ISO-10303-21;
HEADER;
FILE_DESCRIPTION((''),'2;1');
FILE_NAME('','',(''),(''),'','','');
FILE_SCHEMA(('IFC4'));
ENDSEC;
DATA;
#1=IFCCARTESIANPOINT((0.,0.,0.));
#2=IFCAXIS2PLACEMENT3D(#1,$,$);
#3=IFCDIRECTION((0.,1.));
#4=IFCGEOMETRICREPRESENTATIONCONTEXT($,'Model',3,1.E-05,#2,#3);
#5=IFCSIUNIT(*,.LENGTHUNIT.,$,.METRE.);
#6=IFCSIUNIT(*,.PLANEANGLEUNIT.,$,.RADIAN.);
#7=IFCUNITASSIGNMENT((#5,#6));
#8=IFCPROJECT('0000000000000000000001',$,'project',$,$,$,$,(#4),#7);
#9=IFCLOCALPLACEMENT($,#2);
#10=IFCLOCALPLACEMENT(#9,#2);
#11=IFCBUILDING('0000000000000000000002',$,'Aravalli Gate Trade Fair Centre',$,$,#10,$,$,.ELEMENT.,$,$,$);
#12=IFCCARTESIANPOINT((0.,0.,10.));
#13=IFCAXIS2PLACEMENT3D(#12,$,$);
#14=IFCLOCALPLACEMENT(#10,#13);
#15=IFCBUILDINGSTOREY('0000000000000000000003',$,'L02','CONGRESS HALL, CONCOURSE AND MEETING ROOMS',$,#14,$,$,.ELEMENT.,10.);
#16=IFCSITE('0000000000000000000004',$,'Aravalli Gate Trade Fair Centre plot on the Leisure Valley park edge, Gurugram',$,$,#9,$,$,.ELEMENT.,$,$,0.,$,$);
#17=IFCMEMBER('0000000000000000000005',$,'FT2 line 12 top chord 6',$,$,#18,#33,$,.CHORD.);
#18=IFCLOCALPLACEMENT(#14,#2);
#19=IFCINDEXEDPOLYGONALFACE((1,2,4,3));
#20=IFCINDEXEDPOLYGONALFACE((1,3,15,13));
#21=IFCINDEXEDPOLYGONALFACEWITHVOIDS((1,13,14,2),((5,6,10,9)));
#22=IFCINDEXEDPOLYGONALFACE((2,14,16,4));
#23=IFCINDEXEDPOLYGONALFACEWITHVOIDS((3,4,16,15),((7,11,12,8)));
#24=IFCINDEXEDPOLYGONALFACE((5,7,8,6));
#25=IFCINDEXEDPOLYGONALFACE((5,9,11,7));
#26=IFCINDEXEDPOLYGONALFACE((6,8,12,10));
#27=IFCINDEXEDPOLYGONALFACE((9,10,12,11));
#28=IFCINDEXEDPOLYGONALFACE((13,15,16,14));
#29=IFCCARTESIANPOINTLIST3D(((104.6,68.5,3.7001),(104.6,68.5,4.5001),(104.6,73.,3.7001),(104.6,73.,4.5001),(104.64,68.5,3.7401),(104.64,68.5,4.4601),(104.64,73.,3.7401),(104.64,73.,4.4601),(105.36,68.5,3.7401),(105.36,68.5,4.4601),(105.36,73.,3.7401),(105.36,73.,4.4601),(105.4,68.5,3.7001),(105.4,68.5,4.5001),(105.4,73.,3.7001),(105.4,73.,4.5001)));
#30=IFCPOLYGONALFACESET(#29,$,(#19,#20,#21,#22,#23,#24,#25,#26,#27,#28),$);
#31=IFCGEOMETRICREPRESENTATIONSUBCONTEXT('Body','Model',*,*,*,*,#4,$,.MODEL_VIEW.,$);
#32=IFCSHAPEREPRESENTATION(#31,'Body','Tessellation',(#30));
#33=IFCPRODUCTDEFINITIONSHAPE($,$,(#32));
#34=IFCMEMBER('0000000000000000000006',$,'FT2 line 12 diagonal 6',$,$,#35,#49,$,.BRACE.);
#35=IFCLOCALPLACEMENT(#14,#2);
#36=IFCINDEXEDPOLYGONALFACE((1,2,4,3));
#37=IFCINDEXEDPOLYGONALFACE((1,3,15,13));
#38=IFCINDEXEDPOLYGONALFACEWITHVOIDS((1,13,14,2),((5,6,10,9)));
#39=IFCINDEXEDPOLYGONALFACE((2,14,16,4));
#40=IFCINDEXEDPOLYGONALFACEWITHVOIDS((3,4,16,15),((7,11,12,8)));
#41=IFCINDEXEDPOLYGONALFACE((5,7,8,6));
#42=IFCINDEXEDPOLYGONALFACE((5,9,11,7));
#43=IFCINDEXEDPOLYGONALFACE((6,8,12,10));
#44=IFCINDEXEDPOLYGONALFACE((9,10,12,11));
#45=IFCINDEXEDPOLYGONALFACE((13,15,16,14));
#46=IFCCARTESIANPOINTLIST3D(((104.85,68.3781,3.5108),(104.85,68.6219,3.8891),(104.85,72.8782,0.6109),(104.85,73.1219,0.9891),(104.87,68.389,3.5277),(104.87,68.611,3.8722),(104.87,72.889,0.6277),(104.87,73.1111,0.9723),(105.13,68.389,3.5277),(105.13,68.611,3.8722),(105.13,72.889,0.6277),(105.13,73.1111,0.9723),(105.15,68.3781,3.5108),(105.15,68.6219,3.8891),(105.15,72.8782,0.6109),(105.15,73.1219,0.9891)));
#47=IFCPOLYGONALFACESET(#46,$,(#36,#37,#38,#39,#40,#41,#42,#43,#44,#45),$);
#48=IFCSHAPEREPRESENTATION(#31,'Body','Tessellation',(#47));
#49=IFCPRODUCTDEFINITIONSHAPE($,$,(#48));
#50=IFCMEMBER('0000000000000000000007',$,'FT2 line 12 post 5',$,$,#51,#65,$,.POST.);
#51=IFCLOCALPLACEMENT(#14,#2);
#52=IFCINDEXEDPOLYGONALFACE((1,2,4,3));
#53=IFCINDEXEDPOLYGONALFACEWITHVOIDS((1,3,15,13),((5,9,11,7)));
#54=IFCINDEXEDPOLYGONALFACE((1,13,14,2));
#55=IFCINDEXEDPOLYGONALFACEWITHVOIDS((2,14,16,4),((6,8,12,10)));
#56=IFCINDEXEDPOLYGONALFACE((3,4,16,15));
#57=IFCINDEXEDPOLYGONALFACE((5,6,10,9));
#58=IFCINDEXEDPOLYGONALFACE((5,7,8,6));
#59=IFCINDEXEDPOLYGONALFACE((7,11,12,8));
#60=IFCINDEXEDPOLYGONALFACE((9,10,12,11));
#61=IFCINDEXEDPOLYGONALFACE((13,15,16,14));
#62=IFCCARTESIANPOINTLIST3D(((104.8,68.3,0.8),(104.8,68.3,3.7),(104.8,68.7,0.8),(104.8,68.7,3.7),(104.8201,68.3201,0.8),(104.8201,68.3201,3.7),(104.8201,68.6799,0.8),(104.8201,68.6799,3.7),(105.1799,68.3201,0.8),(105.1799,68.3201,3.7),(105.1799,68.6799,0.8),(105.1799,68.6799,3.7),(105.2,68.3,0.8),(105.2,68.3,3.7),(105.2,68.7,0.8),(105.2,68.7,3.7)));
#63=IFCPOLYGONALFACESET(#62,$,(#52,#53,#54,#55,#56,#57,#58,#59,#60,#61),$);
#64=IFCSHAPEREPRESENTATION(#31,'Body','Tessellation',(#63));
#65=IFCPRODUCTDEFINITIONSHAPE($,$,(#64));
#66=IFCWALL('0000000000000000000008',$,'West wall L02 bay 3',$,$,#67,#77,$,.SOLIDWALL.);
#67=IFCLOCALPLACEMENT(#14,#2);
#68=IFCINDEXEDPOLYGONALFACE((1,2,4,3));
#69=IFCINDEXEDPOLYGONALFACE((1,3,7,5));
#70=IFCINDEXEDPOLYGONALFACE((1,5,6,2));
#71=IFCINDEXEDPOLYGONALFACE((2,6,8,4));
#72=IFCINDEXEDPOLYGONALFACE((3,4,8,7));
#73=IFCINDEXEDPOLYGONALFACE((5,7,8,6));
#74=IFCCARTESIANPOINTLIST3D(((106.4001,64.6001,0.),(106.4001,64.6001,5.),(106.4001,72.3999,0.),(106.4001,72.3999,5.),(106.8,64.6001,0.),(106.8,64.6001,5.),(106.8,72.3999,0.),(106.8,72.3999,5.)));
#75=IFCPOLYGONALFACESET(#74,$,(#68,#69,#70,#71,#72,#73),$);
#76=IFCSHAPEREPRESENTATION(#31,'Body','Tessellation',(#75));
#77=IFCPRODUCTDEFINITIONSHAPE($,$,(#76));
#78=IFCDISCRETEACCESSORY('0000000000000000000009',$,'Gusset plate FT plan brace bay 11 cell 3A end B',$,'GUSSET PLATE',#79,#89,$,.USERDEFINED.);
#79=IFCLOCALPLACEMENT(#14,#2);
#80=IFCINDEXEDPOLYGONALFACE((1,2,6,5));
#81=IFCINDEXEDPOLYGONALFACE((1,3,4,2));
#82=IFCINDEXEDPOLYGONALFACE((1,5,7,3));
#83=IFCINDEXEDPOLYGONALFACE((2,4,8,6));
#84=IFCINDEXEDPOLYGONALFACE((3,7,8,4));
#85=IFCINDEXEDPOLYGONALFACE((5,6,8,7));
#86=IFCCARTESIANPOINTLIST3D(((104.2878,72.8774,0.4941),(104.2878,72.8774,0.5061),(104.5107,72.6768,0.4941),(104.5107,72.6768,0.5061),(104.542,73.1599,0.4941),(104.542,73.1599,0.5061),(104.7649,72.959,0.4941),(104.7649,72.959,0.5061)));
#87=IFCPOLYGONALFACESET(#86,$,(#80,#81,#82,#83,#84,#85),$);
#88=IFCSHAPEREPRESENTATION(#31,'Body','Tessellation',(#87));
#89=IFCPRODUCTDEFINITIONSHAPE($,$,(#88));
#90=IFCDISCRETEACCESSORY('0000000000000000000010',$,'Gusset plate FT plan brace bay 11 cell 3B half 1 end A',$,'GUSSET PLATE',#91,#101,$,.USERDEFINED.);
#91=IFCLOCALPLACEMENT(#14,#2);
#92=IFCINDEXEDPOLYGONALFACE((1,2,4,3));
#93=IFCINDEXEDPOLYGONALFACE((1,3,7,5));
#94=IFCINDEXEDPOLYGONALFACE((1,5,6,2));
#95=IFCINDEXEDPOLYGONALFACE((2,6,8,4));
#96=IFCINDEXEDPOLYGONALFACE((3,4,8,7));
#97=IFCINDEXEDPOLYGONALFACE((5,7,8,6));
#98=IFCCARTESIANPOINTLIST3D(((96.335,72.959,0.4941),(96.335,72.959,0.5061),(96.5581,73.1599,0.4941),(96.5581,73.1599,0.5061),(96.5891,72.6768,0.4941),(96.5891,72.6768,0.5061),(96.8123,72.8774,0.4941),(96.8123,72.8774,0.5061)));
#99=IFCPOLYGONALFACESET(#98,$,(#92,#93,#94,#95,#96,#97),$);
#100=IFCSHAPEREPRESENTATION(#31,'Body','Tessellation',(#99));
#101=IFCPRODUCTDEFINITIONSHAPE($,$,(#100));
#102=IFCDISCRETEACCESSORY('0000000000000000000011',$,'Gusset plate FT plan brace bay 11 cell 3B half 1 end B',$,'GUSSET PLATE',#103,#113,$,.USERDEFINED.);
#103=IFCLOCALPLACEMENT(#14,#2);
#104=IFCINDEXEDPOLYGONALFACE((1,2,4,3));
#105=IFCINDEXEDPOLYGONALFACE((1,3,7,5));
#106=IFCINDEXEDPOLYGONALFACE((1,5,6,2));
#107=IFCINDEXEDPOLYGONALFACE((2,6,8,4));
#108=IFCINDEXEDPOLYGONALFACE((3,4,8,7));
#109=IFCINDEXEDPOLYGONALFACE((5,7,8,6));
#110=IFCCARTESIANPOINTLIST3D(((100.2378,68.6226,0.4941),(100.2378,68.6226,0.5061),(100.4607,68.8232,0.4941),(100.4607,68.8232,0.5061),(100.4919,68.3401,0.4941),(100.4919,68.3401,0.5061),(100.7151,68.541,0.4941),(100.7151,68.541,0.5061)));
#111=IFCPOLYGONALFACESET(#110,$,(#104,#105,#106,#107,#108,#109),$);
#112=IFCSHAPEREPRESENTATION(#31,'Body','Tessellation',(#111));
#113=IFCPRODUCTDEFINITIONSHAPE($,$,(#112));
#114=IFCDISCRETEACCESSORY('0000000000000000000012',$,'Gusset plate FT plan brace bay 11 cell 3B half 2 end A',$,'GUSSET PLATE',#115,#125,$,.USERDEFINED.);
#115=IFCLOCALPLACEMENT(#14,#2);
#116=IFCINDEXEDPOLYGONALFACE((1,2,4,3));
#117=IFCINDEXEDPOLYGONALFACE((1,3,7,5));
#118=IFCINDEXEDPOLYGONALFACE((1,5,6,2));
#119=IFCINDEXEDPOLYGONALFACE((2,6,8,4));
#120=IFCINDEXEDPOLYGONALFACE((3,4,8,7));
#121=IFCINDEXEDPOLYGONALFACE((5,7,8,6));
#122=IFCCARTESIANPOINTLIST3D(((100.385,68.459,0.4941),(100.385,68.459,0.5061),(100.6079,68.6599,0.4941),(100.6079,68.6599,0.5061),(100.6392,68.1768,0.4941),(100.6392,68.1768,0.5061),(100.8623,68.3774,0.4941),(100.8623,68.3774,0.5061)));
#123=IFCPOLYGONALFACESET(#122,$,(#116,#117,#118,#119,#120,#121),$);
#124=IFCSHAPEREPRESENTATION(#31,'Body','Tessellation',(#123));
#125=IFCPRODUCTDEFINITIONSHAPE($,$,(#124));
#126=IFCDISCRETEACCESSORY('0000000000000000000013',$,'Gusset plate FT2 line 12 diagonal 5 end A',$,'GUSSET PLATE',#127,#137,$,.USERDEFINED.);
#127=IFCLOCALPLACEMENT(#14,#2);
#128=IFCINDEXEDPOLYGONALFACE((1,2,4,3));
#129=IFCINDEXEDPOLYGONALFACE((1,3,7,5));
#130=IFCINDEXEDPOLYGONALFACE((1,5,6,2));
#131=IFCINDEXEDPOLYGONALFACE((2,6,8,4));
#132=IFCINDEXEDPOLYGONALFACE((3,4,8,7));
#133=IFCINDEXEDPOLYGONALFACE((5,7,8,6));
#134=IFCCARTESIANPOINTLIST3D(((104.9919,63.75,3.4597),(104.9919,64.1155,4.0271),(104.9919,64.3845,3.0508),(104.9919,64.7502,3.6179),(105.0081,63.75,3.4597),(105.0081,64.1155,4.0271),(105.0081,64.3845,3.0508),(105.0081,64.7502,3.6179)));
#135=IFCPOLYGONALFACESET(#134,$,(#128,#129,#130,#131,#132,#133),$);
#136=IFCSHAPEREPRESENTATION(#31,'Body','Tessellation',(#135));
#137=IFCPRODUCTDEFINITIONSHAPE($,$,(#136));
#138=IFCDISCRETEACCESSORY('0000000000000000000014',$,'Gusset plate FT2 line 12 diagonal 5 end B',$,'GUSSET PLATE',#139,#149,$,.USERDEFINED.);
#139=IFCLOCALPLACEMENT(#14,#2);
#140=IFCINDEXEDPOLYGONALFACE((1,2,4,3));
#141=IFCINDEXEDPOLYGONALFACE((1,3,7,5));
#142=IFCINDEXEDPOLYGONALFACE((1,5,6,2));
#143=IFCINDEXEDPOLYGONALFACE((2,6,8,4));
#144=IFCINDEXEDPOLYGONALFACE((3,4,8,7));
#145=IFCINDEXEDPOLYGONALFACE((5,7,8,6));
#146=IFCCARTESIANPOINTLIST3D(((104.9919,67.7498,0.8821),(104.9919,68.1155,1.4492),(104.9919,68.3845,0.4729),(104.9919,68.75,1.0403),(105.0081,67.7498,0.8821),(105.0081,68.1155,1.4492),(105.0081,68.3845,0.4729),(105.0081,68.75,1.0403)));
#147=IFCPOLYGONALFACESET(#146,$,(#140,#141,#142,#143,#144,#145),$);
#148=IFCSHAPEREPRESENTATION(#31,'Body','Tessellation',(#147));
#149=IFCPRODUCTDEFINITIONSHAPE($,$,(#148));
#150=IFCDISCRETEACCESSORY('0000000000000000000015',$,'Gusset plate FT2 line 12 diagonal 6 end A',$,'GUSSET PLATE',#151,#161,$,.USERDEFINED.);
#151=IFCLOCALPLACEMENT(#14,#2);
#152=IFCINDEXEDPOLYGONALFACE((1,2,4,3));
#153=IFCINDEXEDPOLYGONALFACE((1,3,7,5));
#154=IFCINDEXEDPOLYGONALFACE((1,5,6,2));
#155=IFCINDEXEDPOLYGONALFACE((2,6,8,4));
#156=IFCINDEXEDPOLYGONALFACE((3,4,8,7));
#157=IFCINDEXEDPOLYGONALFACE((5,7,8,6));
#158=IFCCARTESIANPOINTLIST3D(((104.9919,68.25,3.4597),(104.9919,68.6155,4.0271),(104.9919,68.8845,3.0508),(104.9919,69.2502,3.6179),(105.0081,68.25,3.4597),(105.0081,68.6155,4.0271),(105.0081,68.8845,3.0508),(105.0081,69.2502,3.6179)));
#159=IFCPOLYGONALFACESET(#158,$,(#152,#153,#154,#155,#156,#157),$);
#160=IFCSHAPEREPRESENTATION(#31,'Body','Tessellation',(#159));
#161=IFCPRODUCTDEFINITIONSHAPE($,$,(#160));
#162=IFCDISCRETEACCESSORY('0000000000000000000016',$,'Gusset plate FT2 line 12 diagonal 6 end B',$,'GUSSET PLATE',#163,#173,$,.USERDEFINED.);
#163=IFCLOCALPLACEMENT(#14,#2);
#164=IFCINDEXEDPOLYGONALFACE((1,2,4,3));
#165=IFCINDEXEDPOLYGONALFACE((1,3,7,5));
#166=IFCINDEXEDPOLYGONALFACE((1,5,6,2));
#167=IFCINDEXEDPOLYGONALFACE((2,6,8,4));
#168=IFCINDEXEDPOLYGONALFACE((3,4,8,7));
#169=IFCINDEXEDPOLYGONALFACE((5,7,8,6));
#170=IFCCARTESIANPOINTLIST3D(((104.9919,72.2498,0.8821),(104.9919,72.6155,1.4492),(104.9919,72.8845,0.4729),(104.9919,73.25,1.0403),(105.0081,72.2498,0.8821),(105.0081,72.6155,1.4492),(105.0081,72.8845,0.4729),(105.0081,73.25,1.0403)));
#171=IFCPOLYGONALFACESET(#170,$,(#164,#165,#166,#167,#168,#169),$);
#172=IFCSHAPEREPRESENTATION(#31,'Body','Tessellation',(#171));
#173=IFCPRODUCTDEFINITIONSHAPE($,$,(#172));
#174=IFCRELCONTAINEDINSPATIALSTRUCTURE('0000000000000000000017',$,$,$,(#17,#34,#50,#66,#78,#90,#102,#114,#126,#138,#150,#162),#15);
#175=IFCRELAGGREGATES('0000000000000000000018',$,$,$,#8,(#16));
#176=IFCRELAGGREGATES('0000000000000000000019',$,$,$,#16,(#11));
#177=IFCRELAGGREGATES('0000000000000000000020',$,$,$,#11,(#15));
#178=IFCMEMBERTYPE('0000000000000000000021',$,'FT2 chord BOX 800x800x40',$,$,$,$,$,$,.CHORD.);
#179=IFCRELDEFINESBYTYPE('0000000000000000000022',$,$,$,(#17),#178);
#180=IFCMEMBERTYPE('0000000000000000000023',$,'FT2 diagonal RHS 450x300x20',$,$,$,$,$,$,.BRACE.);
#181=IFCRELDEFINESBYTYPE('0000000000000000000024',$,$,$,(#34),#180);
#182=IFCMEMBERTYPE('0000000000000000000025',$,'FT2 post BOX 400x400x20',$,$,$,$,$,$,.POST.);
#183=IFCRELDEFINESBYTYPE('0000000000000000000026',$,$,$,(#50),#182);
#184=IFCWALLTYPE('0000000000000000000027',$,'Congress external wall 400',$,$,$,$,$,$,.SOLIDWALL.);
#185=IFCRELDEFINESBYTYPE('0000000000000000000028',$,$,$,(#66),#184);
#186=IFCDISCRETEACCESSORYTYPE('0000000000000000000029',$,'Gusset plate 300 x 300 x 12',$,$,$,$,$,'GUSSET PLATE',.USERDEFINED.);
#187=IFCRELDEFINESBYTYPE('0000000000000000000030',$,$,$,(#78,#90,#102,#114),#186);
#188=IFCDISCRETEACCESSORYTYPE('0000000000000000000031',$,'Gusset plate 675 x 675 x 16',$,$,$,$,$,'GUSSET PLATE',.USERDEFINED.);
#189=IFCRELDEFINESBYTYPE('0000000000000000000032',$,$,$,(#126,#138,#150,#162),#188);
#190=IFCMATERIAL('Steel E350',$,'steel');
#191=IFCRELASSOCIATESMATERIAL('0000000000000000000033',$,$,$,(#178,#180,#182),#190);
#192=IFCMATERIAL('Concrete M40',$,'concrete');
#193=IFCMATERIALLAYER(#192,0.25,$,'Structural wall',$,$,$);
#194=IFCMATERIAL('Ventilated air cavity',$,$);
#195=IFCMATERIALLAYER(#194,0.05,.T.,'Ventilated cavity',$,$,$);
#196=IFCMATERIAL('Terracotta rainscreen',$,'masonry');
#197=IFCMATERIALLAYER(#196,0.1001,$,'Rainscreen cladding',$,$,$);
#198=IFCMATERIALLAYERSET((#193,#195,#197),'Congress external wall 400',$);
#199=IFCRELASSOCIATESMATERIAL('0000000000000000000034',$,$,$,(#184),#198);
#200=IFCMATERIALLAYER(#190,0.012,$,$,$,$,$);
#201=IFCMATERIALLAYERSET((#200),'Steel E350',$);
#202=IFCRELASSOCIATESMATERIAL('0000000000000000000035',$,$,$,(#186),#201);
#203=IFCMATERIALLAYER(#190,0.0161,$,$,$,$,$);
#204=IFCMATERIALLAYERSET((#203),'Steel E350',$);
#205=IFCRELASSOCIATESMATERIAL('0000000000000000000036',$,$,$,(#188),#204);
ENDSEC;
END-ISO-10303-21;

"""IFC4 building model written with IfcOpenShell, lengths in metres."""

from ifc_helpers import new_model, si_unit, direction, frame, frame_2d, origin, origin_2d, place, context, subcontext, project, spatial, polyline, rectangle, hollow_rectangle, outline, extrude, material, layer, layer_set, material_profile, profile_set, type_object, element, save


model = new_model("IFC4")

# Units and contexts
model_context = context("Model", 3, precision=1e-05, world=origin(), true_north=direction((0.0, 1.0)))
body_context = subcontext(model_context, "Body", "Model", "MODEL_VIEW")
ifc_project = project(units=[si_unit("LENGTHUNIT", "METRE"), si_unit("PLANEANGLEUNIT", "RADIAN")], contexts=[model_context])

# Site, building, storey
site_placement = place(None, origin())
site = spatial("IfcSite", under=ifc_project, at=site_placement, Name="Aravalli Gate Trade Fair Centre plot on the Leisure Valley park edge, Gurugram", CompositionType="ELEMENT", RefElevation=0.0)
building_placement = place(site_placement, origin())
building = spatial("IfcBuilding", under=site, at=building_placement, Name="Aravalli Gate Trade Fair Centre", CompositionType="ELEMENT")
storey_placement = place(building_placement, frame((0.0, 0.0, 10.0)))
storey = spatial("IfcBuildingStorey", under=building, at=storey_placement, Name="L02", Description="CONGRESS HALL, CONCOURSE AND MEETING ROOMS", CompositionType="ELEMENT", Elevation=10.0)

# Members
ifc_material_1 = material(Name="Steel E350", Category="steel")
ifc_material_profile_1 = material_profile(ifc_material_1, hollow_rectangle(XDim=0.8, YDim=0.8, WallThickness=0.04, at=origin_2d()), Name="BOX 800x800x40")
ifc_profile_set_1 = profile_set([ifc_material_profile_1], Name="Steel E350")
member_type_1 = type_object("IfcMemberType", Name="FT2 chord BOX 800x800x40", PredefinedType="CHORD", material=ifc_profile_set_1)
for number, where, z_axis, x_axis, name in (
    (1, (105.0, 68.5, 4.1001), (0.0, 1.0, 0.0), (-1.0, 0.0, 0.0), "FT2 line 12 top chord 6"),
):
    element("IfcMember", number, at=place(storey_placement, frame(where, z_axis=z_axis, x_axis=x_axis)), inside=storey, type_object=member_type_1, Name=name, PredefinedType="CHORD", context=body_context, shape_type="SweptSolid", body=[
        extrude(hollow_rectangle(XDim=0.8, YDim=0.8, WallThickness=0.04, at=origin_2d()), origin(), (0.0, 0.0, 1.0), 4.5),
    ])
ifc_material_profile_2 = material_profile(ifc_material_1, hollow_rectangle(XDim=0.3, YDim=0.45, WallThickness=0.02, at=origin_2d()), Name="RHS 450x300x20")
ifc_profile_set_2 = profile_set([ifc_material_profile_2], Name="Steel E350")
member_type_2 = type_object("IfcMemberType", Name="FT2 diagonal RHS 450x300x20", PredefinedType="BRACE", material=ifc_profile_set_2)
member_1_placement = place(storey_placement, frame((105.0, 68.5, 3.7), z_axis=(0.0, 0.840579, -0.541688), x_axis=(-1.0, 0.0, 0.0)))
element("IfcMember", 2, at=member_1_placement, inside=storey, type_object=member_type_2, Name="FT2 line 12 diagonal 6", PredefinedType="BRACE", context=body_context, shape_type="SweptSolid", body=[
    extrude(hollow_rectangle(XDim=0.3, YDim=0.45, WallThickness=0.02, at=origin_2d()), origin(), (0.0, 0.0, 1.0), 5.3535),
])
ifc_material_profile_3 = material_profile(ifc_material_1, hollow_rectangle(XDim=0.3999, YDim=0.3999, WallThickness=0.02, at=origin_2d()), Name="BOX 400x400x20")
ifc_profile_set_3 = profile_set([ifc_material_profile_3], Name="Steel E350")
member_type_3 = type_object("IfcMemberType", Name="FT2 post BOX 400x400x20", PredefinedType="POST", material=ifc_profile_set_3)
member_2_placement = place(storey_placement, frame((105.0, 68.5, 0.8), z_axis=(0.0, 0.0, 1.0), x_axis=(1.0, 0.0, 0.0)))
element("IfcMember", 3, at=member_2_placement, inside=storey, type_object=member_type_3, Name="FT2 line 12 post 5", PredefinedType="POST", context=body_context, shape_type="SweptSolid", body=[
    extrude(hollow_rectangle(XDim=0.3999, YDim=0.3999, WallThickness=0.02, at=origin_2d()), origin(), (0.0, 0.0, 1.0), 2.8999),
])

# Wall
ifc_material_2 = material(Name="Concrete M40", Category="concrete")
ifc_layer_1 = layer(ifc_material_2, 0.25, Name="Structural wall")
ifc_material_3 = material(Name="Ventilated air cavity")
ifc_layer_2 = layer(ifc_material_3, 0.05, ventilated=True, Name="Ventilated cavity")
ifc_material_4 = material(Name="Terracotta rainscreen", Category="masonry")
ifc_layer_3 = layer(ifc_material_4, 0.1001, Name="Rainscreen cladding")
ifc_layer_set_1 = layer_set([ifc_layer_1, ifc_layer_2, ifc_layer_3], Name="Congress external wall 400")
wall_type = type_object("IfcWallType", Name="Congress external wall 400", PredefinedType="SOLIDWALL", material=ifc_layer_set_1)
wall_placement = place(storey_placement, frame((106.6001, 64.6001, 0.0), z_axis=(0.0, 0.0, 1.0), x_axis=(0.0, 1.0, 0.0)))
element("IfcWall", 4, at=wall_placement, inside=storey, type_object=wall_type, Name="West wall L02 bay 3", PredefinedType="SOLIDWALL", context=body_context, shape_type="SweptSolid", body=[
    extrude(rectangle(XDim=7.7998, YDim=0.3999, at=frame_2d((3.8999, 0.0))), origin(), (0.0, 0.0, 1.0), 5.0),
])

# Discrete accessories
ifc_layer_4 = layer(ifc_material_1, 0.012)
ifc_layer_set_2 = layer_set([ifc_layer_4], Name="Steel E350")
discrete_accessory_type_1 = type_object("IfcDiscreteAccessoryType", Name="Gusset plate 300 x 300 x 12", ElementType="GUSSET PLATE", PredefinedType="USERDEFINED", material=ifc_layer_set_2)
discrete_accessory_1_placement = place(storey_placement, frame((104.2878, 72.8774, 0.5061), z_axis=(0.0, 0.0, 1.0), x_axis=(0.668858, 0.74339, 0.0)))
element("IfcDiscreteAccessory", 5, at=discrete_accessory_1_placement, inside=storey, type_object=discrete_accessory_type_1, Name="Gusset plate FT plan brace bay 11 cell 3A end B", ObjectType="GUSSET PLATE", PredefinedType="USERDEFINED", context=body_context, shape_type="SweptSolid", body=[
    extrude(outline(polyline([(0.0, 0.0), (0.38, 0.0), (0.3797, -0.3001), (-0.0001, -0.2999), (0.0, 0.0)])), origin(), (0.0, 0.0, -1.0), 0.012),
])
discrete_accessory_2_placement = place(storey_placement, frame((96.5891, 72.6768, 0.5061), z_axis=(0.0, 0.0, 1.0), x_axis=(-0.669178, 0.743102, 0.0)))
element("IfcDiscreteAccessory", 6, at=discrete_accessory_2_placement, inside=storey, type_object=discrete_accessory_type_1, Name="Gusset plate FT plan brace bay 11 cell 3B half 1 end A", ObjectType="GUSSET PLATE", PredefinedType="USERDEFINED", context=body_context, shape_type="SweptSolid", body=[
    extrude(outline(polyline([(0.0, 0.0), (0.3798, 0.0), (0.3798, -0.3003), (-0.0002, -0.3001), (0.0, 0.0)])), origin(), (0.0, 0.0, -1.0), 0.012),
])
discrete_accessory_3_placement = place(storey_placement, frame((100.2378, 68.6226, 0.5061), z_axis=(0.0, 0.0, 1.0), x_axis=(0.668858, -0.74339, 0.0)))
element("IfcDiscreteAccessory", 7, at=discrete_accessory_3_placement, inside=storey, type_object=discrete_accessory_type_1, Name="Gusset plate FT plan brace bay 11 cell 3B half 1 end B", ObjectType="GUSSET PLATE", PredefinedType="USERDEFINED", context=body_context, shape_type="SweptSolid", body=[
    extrude(outline(polyline([(0.0, 0.0), (0.38, 0.0), (0.3799, 0.3003), (-0.0001, 0.2999), (0.0, 0.0)])), origin(), (0.0, 0.0, -1.0), 0.012),
])
discrete_accessory_4_placement = place(storey_placement, frame((100.6392, 68.1768, 0.5061), z_axis=(0.0, 0.0, 1.0), x_axis=(-0.669178, 0.743102, 0.0)))
element("IfcDiscreteAccessory", 8, at=discrete_accessory_4_placement, inside=storey, type_object=discrete_accessory_type_1, Name="Gusset plate FT plan brace bay 11 cell 3B half 2 end A", ObjectType="GUSSET PLATE", PredefinedType="USERDEFINED", context=body_context, shape_type="SweptSolid", body=[
    extrude(outline(polyline([(0.0, 0.0), (0.3798, 0.0), (0.3799, -0.3001), (-0.0002, -0.3001), (0.0, 0.0)])), origin(), (0.0, 0.0, -1.0), 0.012),
])
ifc_layer_5 = layer(ifc_material_1, 0.0161)
ifc_layer_set_3 = layer_set([ifc_layer_5], Name="Steel E350")
discrete_accessory_type_2 = type_object("IfcDiscreteAccessoryType", Name="Gusset plate 675 x 675 x 16", ElementType="GUSSET PLATE", PredefinedType="USERDEFINED", material=ifc_layer_set_3)
discrete_accessory_5_placement = place(storey_placement, frame((104.9919, 64.3845, 3.0508), z_axis=(-1.0, 0.0, 0.0), x_axis=(0.0, -0.840558, 0.541722)))
element("IfcDiscreteAccessory", 9, at=discrete_accessory_5_placement, inside=storey, type_object=discrete_accessory_type_2, Name="Gusset plate FT2 line 12 diagonal 5 end A", ObjectType="GUSSET PLATE", PredefinedType="USERDEFINED", context=body_context, shape_type="SweptSolid", body=[
    extrude(outline(polyline([(0.0, 0.0), (0.7549, 0.0), (0.755, 0.6749), (-0.0002, 0.6748), (0.0, 0.0)])), origin(), (0.0, 0.0, -1.0), 0.0161),
])
discrete_accessory_6_placement = place(storey_placement, frame((105.0081, 67.7498, 0.8821), z_axis=(1.0, 0.0, 0.0), x_axis=(0.0, 0.840506, -0.541803)))
element("IfcDiscreteAccessory", 10, at=discrete_accessory_6_placement, inside=storey, type_object=discrete_accessory_type_2, Name="Gusset plate FT2 line 12 diagonal 5 end B", ObjectType="GUSSET PLATE", PredefinedType="USERDEFINED", context=body_context, shape_type="SweptSolid", body=[
    extrude(outline(polyline([(0.0, 0.0), (0.7552, 0.0), (0.755, 0.6749), (0.0001, 0.6748), (0.0, 0.0)])), origin(), (0.0, 0.0, -1.0), 0.0161),
])
discrete_accessory_7_placement = place(storey_placement, frame((104.9919, 68.8845, 3.0508), z_axis=(-1.0, 0.0, 0.0), x_axis=(0.0, -0.840558, 0.541722)))
element("IfcDiscreteAccessory", 11, at=discrete_accessory_7_placement, inside=storey, type_object=discrete_accessory_type_2, Name="Gusset plate FT2 line 12 diagonal 6 end A", ObjectType="GUSSET PLATE", PredefinedType="USERDEFINED", context=body_context, shape_type="SweptSolid", body=[
    extrude(outline(polyline([(0.0, 0.0), (0.7549, 0.0), (0.755, 0.6749), (-0.0002, 0.6748), (0.0, 0.0)])), origin(), (0.0, 0.0, -1.0), 0.0161),
])
discrete_accessory_8_placement = place(storey_placement, frame((105.0081, 72.2498, 0.8821), z_axis=(1.0, 0.0, 0.0), x_axis=(0.0, 0.840506, -0.541803)))
element("IfcDiscreteAccessory", 12, at=discrete_accessory_8_placement, inside=storey, type_object=discrete_accessory_type_2, Name="Gusset plate FT2 line 12 diagonal 6 end B", ObjectType="GUSSET PLATE", PredefinedType="USERDEFINED", context=body_context, shape_type="SweptSolid", body=[
    extrude(outline(polyline([(0.0, 0.0), (0.7552, 0.0), (0.755, 0.6749), (0.0001, 0.6748), (0.0, 0.0)])), origin(), (0.0, 0.0, -1.0), 0.0161),
])

save(model, "model.ifc")
